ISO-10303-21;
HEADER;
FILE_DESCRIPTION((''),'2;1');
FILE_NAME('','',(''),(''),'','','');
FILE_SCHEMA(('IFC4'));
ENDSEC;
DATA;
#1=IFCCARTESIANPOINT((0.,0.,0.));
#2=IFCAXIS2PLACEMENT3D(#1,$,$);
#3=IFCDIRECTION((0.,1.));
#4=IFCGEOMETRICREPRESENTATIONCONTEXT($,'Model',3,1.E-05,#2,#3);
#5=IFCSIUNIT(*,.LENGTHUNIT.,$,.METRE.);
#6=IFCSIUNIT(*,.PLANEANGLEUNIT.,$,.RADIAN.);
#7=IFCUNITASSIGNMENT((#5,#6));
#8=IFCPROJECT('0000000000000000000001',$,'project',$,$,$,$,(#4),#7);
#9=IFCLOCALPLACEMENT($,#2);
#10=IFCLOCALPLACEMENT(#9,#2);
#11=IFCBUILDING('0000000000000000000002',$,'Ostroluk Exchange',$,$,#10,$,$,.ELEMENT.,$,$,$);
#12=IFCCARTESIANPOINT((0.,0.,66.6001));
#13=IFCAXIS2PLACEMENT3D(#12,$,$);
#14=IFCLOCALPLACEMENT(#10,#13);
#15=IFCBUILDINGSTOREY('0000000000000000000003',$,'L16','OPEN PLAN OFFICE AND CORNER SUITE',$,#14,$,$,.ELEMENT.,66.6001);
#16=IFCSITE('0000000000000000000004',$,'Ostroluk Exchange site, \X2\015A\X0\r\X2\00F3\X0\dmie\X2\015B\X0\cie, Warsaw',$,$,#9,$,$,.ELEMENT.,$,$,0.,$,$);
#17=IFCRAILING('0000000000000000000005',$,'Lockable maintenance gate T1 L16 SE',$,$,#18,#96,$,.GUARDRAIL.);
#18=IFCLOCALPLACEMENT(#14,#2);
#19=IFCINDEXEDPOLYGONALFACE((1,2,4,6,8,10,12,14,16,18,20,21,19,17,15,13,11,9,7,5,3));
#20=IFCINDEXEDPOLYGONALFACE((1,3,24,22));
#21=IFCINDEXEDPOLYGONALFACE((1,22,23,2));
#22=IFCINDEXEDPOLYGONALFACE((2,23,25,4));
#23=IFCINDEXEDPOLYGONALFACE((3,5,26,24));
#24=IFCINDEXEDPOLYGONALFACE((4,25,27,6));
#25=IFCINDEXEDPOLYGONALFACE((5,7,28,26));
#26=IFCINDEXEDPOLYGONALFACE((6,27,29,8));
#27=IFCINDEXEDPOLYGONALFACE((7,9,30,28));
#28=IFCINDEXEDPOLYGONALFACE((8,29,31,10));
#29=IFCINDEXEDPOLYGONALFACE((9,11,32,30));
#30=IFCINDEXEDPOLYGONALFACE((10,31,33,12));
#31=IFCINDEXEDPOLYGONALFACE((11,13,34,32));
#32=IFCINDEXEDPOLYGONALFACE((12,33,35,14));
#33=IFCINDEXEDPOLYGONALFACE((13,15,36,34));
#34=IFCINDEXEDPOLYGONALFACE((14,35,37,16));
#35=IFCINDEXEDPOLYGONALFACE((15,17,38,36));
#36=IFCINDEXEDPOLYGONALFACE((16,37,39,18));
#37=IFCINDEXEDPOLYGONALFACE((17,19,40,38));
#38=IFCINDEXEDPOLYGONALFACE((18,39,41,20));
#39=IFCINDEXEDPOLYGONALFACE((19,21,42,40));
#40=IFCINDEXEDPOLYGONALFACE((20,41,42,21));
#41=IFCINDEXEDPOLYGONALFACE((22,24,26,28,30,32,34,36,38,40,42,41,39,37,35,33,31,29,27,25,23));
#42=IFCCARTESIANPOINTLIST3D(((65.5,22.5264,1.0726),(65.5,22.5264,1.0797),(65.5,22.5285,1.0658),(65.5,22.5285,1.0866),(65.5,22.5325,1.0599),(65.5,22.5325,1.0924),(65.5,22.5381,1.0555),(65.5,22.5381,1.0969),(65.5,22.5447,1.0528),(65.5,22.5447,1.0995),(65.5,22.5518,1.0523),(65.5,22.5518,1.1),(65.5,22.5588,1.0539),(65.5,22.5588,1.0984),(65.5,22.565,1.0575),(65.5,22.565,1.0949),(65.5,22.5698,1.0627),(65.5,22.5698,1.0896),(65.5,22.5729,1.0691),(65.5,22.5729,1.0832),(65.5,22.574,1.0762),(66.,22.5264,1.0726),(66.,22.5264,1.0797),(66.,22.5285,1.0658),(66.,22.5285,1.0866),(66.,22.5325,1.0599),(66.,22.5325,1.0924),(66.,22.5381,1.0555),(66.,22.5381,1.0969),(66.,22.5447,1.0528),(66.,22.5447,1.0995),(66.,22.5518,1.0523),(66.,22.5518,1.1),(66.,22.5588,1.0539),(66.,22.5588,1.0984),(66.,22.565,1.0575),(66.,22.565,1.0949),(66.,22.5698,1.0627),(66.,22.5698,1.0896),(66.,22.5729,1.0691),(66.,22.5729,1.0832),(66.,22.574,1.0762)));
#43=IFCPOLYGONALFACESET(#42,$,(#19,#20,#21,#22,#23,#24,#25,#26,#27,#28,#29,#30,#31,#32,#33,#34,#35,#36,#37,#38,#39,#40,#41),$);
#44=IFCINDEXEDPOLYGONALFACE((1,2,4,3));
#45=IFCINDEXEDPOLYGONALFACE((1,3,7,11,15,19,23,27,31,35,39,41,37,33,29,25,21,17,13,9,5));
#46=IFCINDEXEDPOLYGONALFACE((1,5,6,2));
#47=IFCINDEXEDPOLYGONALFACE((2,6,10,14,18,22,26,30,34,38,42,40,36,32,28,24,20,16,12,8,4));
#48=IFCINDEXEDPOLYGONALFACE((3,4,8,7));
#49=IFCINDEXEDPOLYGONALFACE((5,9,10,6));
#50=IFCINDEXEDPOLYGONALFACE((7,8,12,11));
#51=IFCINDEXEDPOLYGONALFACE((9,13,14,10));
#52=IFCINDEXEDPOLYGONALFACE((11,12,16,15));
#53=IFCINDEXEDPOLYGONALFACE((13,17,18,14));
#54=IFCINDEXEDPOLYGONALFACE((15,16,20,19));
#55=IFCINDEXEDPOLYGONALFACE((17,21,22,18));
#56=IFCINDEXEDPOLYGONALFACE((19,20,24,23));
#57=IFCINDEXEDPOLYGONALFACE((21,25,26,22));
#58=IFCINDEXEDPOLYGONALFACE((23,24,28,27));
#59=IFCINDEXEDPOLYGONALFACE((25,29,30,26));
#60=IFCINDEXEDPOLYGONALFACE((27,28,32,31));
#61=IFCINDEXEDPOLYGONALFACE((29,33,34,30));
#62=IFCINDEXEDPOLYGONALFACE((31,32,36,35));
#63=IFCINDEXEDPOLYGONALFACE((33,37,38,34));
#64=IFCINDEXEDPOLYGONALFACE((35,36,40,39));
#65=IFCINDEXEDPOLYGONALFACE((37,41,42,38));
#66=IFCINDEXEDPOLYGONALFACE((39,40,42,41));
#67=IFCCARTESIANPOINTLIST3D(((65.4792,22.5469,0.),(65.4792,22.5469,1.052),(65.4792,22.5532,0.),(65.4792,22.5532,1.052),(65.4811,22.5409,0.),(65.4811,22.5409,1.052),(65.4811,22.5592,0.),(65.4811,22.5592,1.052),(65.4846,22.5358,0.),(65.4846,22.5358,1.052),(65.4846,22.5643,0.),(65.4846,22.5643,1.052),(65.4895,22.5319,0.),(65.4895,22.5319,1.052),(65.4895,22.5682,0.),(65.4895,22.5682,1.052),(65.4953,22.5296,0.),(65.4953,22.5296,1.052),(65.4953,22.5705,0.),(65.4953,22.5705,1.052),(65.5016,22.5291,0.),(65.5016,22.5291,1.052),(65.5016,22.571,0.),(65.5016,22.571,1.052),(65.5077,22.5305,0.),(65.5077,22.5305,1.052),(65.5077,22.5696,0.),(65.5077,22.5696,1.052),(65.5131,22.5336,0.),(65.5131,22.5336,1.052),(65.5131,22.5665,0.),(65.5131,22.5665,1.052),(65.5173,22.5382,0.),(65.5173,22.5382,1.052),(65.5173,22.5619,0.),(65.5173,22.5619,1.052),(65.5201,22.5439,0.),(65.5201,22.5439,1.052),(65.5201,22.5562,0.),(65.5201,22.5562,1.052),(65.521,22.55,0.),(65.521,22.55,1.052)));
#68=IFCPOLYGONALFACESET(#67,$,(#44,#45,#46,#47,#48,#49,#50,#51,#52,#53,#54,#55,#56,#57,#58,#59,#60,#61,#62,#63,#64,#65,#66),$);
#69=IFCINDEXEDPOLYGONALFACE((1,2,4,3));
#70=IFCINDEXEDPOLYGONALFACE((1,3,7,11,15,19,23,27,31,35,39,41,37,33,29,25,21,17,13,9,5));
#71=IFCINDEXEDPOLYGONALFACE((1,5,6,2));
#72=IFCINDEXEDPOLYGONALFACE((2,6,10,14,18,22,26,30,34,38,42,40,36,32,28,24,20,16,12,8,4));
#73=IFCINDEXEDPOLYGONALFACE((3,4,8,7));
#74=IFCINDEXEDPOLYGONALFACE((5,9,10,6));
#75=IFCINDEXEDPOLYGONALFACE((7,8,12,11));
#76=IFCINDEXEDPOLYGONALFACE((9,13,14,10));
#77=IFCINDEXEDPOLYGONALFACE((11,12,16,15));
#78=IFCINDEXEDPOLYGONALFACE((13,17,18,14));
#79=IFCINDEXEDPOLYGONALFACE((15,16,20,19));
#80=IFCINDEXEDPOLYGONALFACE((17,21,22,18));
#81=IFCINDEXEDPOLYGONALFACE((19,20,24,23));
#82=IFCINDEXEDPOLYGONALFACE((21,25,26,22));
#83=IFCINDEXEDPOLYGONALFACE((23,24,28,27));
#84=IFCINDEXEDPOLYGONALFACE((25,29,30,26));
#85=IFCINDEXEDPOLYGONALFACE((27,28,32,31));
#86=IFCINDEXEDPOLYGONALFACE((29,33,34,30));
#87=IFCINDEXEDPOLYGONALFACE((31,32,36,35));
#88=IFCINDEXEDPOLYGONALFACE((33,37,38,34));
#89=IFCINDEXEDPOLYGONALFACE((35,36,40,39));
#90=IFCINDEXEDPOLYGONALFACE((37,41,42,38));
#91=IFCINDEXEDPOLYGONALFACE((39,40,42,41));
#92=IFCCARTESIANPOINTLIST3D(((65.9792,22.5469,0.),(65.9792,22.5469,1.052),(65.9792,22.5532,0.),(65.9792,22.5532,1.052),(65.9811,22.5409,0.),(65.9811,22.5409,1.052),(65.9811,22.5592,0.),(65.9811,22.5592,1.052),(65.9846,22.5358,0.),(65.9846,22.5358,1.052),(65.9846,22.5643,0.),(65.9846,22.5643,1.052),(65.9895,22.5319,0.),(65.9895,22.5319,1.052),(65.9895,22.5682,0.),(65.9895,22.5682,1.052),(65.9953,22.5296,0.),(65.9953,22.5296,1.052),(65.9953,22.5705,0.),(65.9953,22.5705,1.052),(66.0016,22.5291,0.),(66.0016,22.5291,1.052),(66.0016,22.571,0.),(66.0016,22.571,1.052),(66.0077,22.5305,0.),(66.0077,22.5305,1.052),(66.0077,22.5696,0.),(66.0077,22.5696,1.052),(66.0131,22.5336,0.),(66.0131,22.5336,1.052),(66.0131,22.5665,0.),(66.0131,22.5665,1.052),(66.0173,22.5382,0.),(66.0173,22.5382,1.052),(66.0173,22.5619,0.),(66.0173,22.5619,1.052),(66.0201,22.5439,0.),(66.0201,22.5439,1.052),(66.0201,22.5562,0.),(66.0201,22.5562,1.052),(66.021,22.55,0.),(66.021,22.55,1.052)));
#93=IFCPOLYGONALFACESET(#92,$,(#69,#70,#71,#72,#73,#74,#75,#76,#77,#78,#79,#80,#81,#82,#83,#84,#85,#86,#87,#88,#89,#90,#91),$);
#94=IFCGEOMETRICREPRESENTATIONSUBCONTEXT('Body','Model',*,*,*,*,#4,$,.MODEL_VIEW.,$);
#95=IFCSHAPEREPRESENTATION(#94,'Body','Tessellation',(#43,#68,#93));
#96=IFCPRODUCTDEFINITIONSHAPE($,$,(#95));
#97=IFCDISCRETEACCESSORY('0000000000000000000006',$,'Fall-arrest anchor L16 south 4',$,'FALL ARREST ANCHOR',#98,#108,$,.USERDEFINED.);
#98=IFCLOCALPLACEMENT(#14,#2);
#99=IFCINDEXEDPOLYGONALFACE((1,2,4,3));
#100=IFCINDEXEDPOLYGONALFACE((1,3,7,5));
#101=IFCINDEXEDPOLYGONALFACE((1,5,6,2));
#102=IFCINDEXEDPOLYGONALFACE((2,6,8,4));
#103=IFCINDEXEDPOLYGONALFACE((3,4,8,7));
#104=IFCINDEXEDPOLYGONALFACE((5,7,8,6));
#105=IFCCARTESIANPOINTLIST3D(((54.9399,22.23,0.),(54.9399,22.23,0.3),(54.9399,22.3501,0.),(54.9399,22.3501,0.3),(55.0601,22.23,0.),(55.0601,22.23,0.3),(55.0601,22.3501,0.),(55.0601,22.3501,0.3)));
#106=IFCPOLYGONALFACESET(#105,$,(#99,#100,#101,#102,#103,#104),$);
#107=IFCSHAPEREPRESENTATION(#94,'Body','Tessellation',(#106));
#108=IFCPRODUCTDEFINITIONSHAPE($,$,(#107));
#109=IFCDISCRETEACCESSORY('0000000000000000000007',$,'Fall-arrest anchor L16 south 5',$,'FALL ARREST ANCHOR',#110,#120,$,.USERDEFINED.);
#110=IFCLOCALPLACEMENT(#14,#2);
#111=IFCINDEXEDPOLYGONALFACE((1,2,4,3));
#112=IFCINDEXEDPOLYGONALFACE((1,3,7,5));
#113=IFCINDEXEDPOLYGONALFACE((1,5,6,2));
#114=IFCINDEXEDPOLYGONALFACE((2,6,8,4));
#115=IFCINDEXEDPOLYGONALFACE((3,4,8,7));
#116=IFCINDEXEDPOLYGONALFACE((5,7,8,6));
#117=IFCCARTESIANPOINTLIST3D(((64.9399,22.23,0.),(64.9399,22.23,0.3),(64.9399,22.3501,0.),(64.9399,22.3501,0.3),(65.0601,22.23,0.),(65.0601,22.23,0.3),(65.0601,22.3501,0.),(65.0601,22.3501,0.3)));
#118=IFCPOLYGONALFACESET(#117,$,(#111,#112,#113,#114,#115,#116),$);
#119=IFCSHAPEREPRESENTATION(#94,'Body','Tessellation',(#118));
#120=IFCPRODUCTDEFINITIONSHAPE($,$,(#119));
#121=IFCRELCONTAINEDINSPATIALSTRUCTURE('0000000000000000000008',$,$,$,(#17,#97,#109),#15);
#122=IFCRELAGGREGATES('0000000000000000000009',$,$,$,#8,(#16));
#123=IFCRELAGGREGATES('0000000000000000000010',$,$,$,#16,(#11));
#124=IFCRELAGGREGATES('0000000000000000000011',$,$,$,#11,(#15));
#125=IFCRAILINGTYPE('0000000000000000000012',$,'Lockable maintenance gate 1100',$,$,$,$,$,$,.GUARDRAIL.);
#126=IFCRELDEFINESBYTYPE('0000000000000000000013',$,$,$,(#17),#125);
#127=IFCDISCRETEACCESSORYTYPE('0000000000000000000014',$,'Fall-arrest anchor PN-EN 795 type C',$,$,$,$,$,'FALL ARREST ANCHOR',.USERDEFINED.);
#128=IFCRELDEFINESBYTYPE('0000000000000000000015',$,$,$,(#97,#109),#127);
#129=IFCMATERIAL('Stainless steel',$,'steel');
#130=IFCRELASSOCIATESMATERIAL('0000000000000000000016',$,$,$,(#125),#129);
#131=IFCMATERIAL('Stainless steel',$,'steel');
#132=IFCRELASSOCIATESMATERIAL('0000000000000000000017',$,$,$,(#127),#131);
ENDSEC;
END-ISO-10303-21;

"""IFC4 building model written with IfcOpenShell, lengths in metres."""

from ifc_helpers import new_model, si_unit, direction, frame, origin, origin_2d, place, context, subcontext, project, spatial, rectangle, circle, extrude, material, type_object, element, save


model = new_model("IFC4")

# Units and contexts
model_context = context("Model", 3, precision=1e-05, world=origin(), true_north=direction((0.0, 1.0)))
body_context = subcontext(model_context, "Body", "Model", "MODEL_VIEW")
ifc_project = project(units=[si_unit("LENGTHUNIT", "METRE"), si_unit("PLANEANGLEUNIT", "RADIAN")], contexts=[model_context])

# Site, building, storey
site_placement = place(None, origin())
site = spatial("IfcSite", under=ifc_project, at=site_placement, Name="Ostroluk Exchange site, Śródmieście, Warsaw", CompositionType="ELEMENT", RefElevation=0.0)
building_placement = place(site_placement, origin())
building = spatial("IfcBuilding", under=site, at=building_placement, Name="Ostroluk Exchange", CompositionType="ELEMENT")
storey_placement = place(building_placement, frame((0.0, 0.0, 66.6001)))
storey = spatial("IfcBuildingStorey", under=building, at=storey_placement, Name="L16", Description="OPEN PLAN OFFICE AND CORNER SUITE", CompositionType="ELEMENT", Elevation=66.6001)

# Railing
ifc_material_1 = material(Name="Stainless steel", Category="steel")
railing_type_1 = type_object("IfcRailingType", Name="Lockable maintenance gate 1100", PredefinedType="GUARDRAIL", material=ifc_material_1)
railing_1_placement = place(storey_placement, frame((65.5, 22.55, 0.0)))
element("IfcRailing", 1, at=railing_1_placement, inside=storey, type_object=railing_type_1, Name="Lockable maintenance gate T1 L16 SE", PredefinedType="GUARDRAIL", context=body_context, shape_type="SweptSolid", body=[
    extrude(circle(Radius=0.0239, at=origin_2d()), frame((0.0, 0.0, 1.0762), z_axis=(1.0, 0.0, 0.0), x_axis=(0.0, 1.0, 0.0)), (0.0, 0.0, 1.0), 0.5),
    extrude(circle(Radius=0.021, at=origin_2d()), origin(), (0.0, 0.0, 1.0), 1.052),
    extrude(circle(Radius=0.021, at=origin_2d()), frame((0.5, 0.0, 0.0)), (0.0, 0.0, 1.0), 1.052),
])

# Discrete accessories
ifc_material_2 = material(Name="Stainless steel", Category="steel")
discrete_accessory_type = type_object("IfcDiscreteAccessoryType", Name="Fall-arrest anchor PN-EN 795 type C", ElementType="FALL ARREST ANCHOR", PredefinedType="USERDEFINED", material=ifc_material_2)
for number, where, z_axis, x_axis, name in (
    (2, (55.0, 22.29, 0.0), (0.0, 0.0, 1.0), (1.0, 0.0, 0.0), "Fall-arrest anchor L16 south 4"),
    (3, (65.0, 22.29, 0.0), (0.0, 0.0, 1.0), (1.0, 0.0, 0.0), "Fall-arrest anchor L16 south 5"),
):
    element("IfcDiscreteAccessory", number, at=place(storey_placement, frame(where, z_axis=z_axis, x_axis=x_axis)), inside=storey, type_object=discrete_accessory_type, Name=name, ObjectType="FALL ARREST ANCHOR", PredefinedType="USERDEFINED", context=body_context, shape_type="SweptSolid", body=[
        extrude(rectangle(XDim=0.1201, YDim=0.1201, at=origin_2d()), origin(), (0.0, 0.0, 1.0), 0.3),
    ])

save(model, "model.ifc")
